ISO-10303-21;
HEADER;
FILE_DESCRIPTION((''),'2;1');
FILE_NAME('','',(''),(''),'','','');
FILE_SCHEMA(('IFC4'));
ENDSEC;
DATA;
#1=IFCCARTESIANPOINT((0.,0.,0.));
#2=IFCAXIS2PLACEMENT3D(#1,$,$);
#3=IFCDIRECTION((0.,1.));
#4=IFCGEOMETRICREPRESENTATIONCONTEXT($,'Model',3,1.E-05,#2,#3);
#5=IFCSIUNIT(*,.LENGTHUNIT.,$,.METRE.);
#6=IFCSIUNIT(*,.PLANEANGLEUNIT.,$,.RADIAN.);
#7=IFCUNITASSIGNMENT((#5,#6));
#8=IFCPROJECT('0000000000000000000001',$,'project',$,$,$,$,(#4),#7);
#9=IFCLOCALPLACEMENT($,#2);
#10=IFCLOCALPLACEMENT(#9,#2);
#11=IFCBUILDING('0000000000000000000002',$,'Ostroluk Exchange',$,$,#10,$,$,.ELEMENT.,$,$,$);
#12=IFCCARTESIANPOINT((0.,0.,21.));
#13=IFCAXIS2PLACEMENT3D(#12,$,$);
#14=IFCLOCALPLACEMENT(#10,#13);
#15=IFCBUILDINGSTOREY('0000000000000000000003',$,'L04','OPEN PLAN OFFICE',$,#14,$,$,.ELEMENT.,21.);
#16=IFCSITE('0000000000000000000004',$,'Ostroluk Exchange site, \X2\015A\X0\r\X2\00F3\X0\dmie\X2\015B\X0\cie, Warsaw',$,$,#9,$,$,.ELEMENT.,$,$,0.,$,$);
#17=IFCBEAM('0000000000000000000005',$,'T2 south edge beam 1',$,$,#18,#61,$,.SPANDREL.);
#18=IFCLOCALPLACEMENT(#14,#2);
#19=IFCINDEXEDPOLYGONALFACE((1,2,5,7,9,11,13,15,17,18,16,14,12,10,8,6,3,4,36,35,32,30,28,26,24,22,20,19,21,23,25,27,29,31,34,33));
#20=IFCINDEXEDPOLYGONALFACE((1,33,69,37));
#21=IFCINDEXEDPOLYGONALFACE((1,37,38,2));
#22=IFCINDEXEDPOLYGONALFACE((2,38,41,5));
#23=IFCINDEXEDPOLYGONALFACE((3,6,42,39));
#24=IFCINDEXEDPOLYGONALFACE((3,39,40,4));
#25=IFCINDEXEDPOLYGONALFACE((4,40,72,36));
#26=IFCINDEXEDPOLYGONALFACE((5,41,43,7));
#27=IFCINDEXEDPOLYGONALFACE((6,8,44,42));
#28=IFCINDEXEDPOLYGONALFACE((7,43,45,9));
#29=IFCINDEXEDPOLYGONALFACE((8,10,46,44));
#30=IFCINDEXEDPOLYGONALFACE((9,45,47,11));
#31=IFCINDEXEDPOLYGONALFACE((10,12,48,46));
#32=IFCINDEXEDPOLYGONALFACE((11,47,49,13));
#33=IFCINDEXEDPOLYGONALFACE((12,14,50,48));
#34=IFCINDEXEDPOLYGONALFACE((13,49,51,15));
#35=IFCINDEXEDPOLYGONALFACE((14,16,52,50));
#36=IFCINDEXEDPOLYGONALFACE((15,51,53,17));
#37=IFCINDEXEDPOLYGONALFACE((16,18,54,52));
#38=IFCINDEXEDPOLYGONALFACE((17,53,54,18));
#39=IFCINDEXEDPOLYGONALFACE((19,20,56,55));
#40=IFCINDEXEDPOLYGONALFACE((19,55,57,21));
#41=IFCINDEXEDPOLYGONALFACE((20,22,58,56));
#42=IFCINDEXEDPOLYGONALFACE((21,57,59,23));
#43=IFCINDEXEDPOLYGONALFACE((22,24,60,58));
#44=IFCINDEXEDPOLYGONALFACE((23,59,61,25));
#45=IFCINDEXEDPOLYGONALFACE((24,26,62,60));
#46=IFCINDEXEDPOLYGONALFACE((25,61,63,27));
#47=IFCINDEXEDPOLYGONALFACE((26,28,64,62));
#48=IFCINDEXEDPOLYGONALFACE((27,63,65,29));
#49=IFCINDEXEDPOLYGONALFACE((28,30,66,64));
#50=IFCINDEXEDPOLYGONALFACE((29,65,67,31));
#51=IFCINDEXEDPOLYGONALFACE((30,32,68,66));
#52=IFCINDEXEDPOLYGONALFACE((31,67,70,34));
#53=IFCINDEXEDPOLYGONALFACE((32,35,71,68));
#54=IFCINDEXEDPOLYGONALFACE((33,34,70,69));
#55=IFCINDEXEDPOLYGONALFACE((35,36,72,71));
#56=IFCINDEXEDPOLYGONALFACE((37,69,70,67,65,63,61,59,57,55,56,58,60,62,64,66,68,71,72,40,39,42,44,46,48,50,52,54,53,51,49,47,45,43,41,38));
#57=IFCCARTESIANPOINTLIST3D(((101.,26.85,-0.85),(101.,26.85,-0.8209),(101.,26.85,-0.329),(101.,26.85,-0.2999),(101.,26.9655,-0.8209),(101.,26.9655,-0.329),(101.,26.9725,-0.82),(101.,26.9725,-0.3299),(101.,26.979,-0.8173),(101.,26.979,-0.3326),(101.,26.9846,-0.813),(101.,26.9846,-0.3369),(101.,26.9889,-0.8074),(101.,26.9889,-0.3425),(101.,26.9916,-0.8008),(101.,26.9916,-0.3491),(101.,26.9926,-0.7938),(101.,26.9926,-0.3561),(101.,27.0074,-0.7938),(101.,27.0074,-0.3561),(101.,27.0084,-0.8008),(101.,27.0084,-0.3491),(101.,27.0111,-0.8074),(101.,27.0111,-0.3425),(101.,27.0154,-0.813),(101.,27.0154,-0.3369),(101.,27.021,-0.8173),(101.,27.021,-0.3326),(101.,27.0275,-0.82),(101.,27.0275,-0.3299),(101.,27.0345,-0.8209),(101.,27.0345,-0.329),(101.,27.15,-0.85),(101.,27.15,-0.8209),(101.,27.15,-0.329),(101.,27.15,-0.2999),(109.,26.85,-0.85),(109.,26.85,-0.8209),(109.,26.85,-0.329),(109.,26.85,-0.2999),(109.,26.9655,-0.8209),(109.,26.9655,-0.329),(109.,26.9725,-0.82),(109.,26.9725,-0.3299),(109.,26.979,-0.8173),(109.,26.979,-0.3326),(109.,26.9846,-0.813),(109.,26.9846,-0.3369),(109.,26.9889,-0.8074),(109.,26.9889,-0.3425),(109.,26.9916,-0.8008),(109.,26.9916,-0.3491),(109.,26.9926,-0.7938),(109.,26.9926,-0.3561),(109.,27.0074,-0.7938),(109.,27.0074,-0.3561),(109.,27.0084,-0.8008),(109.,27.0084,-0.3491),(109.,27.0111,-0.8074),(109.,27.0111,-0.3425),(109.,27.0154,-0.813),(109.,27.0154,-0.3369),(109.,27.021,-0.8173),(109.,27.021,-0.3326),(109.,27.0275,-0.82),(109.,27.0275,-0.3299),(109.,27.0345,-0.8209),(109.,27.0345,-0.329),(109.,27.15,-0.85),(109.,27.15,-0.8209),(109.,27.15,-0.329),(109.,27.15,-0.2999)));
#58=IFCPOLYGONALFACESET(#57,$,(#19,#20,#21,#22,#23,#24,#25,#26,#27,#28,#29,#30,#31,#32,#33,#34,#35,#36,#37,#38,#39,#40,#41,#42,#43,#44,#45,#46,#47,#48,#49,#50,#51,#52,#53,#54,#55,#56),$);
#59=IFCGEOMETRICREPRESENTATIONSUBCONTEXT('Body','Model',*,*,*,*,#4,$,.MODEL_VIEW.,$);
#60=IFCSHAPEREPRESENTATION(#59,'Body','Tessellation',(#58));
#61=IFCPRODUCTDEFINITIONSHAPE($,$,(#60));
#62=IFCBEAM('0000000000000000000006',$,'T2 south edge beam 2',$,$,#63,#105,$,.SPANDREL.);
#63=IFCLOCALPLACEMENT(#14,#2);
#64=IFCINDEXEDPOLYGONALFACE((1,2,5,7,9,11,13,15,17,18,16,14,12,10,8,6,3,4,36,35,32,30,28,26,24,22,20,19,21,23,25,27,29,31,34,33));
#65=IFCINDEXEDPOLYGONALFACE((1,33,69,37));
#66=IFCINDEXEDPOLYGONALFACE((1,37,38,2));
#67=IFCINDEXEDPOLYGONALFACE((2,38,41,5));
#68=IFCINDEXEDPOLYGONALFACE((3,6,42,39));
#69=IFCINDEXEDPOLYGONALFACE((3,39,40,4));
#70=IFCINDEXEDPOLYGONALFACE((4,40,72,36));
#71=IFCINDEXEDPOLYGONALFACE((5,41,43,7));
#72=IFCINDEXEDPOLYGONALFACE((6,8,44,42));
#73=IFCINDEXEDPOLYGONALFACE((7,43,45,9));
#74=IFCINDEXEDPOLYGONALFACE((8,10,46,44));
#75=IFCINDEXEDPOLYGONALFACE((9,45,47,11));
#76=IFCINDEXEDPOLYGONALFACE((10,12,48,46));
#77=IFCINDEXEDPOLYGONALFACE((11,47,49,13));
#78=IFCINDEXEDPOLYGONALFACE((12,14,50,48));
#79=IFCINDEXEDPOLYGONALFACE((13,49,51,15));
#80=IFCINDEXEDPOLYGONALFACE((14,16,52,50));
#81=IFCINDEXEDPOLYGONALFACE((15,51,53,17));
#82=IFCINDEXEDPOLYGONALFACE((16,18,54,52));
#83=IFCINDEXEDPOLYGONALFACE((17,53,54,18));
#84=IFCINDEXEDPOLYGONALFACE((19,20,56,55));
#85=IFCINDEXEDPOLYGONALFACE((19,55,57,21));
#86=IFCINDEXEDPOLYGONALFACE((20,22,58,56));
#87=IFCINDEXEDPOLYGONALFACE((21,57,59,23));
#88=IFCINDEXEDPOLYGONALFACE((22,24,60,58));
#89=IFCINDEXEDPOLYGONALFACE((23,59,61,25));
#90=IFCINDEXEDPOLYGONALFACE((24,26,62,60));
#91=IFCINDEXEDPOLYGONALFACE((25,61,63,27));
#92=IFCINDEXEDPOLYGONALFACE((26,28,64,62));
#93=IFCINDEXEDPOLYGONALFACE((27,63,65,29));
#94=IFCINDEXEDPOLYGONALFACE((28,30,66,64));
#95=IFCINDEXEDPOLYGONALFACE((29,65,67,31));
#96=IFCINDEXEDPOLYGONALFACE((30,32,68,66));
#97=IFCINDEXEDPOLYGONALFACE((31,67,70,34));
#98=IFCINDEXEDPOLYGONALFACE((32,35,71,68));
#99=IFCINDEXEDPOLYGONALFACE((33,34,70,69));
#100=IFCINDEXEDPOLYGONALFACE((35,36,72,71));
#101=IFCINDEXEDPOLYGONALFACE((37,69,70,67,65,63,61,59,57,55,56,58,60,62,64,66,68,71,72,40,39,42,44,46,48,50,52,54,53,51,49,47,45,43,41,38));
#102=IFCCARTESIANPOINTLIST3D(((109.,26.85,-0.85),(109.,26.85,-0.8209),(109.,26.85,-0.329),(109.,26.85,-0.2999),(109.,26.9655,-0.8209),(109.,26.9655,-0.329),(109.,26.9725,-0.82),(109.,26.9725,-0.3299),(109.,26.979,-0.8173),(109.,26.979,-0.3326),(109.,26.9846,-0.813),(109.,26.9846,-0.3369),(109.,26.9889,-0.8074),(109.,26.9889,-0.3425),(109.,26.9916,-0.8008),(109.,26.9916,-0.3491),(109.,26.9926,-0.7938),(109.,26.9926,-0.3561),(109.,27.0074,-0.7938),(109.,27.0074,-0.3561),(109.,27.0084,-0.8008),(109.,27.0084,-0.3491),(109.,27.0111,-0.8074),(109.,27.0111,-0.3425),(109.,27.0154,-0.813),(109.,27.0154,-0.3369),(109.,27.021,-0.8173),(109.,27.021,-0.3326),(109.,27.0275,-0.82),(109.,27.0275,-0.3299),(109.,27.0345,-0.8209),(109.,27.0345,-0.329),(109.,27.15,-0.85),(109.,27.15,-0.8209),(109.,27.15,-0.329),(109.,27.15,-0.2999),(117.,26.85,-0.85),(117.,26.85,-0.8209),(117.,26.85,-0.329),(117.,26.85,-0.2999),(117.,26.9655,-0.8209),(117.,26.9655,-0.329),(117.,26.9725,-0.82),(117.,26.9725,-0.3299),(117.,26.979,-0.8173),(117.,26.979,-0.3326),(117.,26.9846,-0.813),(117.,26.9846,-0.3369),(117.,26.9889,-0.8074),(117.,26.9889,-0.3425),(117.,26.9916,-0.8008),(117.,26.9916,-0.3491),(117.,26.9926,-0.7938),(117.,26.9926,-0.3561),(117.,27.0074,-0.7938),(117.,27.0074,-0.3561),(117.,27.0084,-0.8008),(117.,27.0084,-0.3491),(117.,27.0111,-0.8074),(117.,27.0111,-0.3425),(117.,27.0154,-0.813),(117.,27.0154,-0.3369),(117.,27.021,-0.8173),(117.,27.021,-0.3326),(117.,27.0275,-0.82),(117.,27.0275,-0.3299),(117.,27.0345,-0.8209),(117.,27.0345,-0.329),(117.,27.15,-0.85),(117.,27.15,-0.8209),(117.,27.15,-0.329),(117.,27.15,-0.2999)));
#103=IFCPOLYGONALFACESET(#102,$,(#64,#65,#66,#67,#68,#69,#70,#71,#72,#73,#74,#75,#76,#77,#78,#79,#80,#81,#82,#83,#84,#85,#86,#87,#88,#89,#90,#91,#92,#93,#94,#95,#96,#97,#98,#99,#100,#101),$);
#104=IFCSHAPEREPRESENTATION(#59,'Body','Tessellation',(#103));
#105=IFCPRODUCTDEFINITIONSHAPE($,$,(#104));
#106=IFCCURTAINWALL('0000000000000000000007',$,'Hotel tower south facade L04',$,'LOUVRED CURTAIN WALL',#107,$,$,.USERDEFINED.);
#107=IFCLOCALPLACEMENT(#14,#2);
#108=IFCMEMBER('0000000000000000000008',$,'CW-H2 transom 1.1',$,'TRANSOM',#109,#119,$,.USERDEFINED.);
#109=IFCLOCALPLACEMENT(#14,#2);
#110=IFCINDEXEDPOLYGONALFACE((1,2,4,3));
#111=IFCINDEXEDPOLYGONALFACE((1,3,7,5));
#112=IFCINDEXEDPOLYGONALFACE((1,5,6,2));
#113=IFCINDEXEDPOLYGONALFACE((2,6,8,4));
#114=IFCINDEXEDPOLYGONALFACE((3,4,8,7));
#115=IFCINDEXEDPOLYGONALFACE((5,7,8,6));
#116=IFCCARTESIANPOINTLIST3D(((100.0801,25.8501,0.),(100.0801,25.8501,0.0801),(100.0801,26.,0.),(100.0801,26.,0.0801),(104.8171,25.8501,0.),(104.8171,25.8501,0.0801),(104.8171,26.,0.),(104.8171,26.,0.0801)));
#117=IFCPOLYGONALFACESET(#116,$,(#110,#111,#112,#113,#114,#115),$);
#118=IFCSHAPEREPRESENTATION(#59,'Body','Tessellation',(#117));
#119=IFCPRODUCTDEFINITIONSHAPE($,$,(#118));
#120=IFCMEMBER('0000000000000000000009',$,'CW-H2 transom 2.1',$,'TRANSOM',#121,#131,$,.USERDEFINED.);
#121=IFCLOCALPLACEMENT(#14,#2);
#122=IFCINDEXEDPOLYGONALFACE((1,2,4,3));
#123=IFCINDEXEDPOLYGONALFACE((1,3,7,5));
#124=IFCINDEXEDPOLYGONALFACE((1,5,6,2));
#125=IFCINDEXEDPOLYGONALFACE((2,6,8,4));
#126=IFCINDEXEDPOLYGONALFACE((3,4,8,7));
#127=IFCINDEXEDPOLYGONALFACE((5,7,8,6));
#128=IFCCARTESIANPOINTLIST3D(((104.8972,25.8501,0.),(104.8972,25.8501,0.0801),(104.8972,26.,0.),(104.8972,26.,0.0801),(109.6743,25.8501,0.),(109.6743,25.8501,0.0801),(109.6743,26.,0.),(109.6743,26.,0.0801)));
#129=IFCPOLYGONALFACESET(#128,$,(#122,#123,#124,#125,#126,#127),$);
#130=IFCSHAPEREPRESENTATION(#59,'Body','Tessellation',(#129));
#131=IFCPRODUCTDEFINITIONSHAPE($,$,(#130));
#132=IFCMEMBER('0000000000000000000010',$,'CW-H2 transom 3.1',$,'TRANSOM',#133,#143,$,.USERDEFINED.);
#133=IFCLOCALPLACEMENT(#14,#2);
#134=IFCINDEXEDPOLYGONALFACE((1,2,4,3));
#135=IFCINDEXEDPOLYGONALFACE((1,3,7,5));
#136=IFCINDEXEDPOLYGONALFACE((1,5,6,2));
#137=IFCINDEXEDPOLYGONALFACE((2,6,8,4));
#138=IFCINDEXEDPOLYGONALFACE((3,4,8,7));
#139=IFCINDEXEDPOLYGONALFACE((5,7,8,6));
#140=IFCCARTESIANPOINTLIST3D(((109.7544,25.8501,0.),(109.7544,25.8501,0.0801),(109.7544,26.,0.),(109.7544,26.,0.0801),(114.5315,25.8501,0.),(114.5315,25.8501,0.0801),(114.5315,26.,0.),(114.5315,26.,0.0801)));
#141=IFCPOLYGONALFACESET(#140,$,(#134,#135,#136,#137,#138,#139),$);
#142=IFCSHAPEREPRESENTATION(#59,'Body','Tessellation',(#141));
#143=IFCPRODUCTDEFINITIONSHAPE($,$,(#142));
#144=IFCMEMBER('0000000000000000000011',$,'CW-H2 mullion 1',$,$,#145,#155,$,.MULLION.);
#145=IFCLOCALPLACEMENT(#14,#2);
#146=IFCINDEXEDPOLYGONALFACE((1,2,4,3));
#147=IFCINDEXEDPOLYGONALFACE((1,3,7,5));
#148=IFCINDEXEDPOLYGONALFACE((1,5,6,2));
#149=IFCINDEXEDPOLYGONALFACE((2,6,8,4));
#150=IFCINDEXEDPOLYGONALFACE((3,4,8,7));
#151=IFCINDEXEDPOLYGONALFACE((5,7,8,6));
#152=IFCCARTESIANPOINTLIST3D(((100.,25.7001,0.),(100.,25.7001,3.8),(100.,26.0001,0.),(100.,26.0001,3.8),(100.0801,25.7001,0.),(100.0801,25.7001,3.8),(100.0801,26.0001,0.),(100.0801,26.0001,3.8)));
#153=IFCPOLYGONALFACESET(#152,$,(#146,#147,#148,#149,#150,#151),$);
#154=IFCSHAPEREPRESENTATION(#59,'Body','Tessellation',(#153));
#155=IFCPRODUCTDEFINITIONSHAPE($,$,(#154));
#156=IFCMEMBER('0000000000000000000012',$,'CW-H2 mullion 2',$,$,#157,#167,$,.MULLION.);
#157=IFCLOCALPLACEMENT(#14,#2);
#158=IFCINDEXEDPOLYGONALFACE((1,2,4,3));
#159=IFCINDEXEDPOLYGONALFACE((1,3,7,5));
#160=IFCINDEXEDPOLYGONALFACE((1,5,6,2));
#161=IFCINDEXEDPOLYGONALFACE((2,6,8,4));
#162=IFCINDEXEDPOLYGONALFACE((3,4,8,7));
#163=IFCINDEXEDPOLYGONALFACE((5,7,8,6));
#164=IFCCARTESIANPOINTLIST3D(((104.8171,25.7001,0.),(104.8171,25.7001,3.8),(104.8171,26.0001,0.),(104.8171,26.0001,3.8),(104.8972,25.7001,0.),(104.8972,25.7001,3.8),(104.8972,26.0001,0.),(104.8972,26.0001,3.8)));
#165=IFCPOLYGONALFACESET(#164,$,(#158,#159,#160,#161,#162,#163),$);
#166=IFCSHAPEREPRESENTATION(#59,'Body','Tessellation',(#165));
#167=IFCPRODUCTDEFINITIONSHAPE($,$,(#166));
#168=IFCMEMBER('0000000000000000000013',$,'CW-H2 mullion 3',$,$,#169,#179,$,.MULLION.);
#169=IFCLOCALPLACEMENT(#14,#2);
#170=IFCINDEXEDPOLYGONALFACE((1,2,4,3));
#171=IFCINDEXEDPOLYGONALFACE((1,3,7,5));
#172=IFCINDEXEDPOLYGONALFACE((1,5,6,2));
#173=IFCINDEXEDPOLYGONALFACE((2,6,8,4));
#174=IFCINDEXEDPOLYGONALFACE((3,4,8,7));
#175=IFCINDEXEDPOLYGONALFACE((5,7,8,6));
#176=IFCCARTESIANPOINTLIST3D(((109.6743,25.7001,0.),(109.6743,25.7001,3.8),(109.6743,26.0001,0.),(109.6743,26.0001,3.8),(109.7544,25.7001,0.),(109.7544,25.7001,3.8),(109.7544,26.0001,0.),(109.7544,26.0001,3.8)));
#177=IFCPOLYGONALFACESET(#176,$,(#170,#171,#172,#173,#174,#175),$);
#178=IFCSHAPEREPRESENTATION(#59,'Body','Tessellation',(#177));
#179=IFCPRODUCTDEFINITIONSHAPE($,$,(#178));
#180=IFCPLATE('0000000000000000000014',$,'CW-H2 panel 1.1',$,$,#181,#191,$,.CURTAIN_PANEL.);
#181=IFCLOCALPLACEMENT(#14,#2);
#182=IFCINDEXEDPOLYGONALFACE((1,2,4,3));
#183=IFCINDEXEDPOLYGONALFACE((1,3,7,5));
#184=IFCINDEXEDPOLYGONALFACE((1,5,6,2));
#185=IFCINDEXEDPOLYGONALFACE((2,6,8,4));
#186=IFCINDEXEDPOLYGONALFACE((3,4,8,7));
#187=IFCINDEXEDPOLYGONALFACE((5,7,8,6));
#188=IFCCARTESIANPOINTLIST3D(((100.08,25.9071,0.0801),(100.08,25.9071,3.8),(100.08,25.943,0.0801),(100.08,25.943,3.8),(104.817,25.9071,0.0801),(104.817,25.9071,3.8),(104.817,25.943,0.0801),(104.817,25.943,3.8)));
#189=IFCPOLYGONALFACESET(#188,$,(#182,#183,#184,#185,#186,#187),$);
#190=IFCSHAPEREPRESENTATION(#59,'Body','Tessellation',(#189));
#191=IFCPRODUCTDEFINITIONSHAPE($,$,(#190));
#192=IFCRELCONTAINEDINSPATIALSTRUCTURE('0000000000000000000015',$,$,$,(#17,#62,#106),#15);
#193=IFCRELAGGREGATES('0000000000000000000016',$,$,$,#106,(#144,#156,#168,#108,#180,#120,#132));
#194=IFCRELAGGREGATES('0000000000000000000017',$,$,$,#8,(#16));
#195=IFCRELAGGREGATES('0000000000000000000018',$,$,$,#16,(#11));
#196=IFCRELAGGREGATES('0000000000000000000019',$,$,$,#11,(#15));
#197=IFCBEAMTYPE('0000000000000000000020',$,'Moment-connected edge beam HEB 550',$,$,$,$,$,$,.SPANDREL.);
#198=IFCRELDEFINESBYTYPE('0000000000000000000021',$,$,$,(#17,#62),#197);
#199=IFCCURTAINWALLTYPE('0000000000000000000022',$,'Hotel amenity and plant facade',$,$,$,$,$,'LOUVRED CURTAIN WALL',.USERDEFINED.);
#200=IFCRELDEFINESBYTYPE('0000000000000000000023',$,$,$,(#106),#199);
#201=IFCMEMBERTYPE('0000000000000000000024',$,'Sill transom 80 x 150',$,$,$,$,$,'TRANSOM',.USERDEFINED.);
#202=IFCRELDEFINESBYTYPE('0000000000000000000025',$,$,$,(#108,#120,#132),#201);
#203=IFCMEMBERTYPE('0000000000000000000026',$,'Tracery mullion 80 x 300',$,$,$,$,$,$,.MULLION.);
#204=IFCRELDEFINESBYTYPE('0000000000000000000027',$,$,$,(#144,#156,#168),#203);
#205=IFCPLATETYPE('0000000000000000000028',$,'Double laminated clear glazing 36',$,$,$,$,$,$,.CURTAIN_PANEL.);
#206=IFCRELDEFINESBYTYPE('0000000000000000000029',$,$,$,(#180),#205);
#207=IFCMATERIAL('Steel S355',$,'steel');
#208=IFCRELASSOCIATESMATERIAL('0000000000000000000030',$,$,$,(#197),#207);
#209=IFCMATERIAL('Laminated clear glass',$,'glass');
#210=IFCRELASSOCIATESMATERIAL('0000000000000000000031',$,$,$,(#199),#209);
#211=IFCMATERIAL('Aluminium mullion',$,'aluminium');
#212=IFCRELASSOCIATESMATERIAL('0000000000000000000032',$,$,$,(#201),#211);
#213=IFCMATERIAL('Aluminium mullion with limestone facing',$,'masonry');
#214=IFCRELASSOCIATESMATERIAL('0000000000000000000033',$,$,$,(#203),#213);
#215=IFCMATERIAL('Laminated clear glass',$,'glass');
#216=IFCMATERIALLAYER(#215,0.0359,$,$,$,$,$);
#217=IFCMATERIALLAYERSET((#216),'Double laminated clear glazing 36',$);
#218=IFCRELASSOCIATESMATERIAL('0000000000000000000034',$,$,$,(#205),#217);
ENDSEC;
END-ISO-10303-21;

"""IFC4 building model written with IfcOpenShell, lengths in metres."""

from ifc_helpers import new_model, si_unit, direction, frame, origin, origin_2d, place, context, subcontext, project, spatial, rectangle, i_section, extrude, material, layer, layer_set, material_profile, profile_set, type_object, element, aggregate, save


model = new_model("IFC4")

# Units and contexts
model_context = context("Model", 3, precision=1e-05, world=origin(), true_north=direction((0.0, 1.0)))
body_context = subcontext(model_context, "Body", "Model", "MODEL_VIEW")
ifc_project = project(units=[si_unit("LENGTHUNIT", "METRE"), si_unit("PLANEANGLEUNIT", "RADIAN")], contexts=[model_context])

# Site, building, storey
site_placement = place(None, origin())
site = spatial("IfcSite", under=ifc_project, at=site_placement, Name="Ostroluk Exchange site, Śródmieście, Warsaw", CompositionType="ELEMENT", RefElevation=0.0)
building_placement = place(site_placement, origin())
building = spatial("IfcBuilding", under=site, at=building_placement, Name="Ostroluk Exchange", CompositionType="ELEMENT")
storey_placement = place(building_placement, frame((0.0, 0.0, 21.0)))
storey = spatial("IfcBuildingStorey", under=building, at=storey_placement, Name="L04", Description="OPEN PLAN OFFICE", CompositionType="ELEMENT", Elevation=21.0)

# Beams
ifc_material_1 = material(Name="Steel S355", Category="steel")
ifc_material_profile_1 = material_profile(ifc_material_1, i_section(OverallWidth=0.3, OverallDepth=0.55, WebThickness=0.0149, FlangeThickness=0.0291, FilletRadius=0.0271, at=origin_2d()), Name="HEB 550")
ifc_profile_set_1 = profile_set([ifc_material_profile_1], Name="Steel S355")
beam_type_1 = type_object("IfcBeamType", Name="Moment-connected edge beam HEB 550", PredefinedType="SPANDREL", material=ifc_profile_set_1)
for number, where, z_axis, x_axis, name in (
    (1, (101.0, 27.0, -0.575), (1.0, 0.0, 0.0), (0.0, 1.0, 0.0), "T2 south edge beam 1"),
    (2, (109.0, 27.0, -0.575), (1.0, 0.0, 0.0), (0.0, 1.0, 0.0), "T2 south edge beam 2"),
):
    element("IfcBeam", number, at=place(storey_placement, frame(where, z_axis=z_axis, x_axis=x_axis)), inside=storey, type_object=beam_type_1, Name=name, PredefinedType="SPANDREL", context=body_context, shape_type="SweptSolid", body=[
        extrude(i_section(OverallWidth=0.3, OverallDepth=0.55, WebThickness=0.0149, FlangeThickness=0.0291, FilletRadius=0.0271, at=origin_2d()), origin(), (0.0, 0.0, 1.0), 8.0),
    ])

# Curtain wall, members, plate
ifc_material_2 = material(Name="Laminated clear glass", Category="glass")
curtain_wall_type = type_object("IfcCurtainWallType", Name="Hotel amenity and plant facade", ElementType="LOUVRED CURTAIN WALL", PredefinedType="USERDEFINED", material=ifc_material_2)
curtain_wall_placement = place(storey_placement, origin())
curtain_wall = element("IfcCurtainWall", 3, at=curtain_wall_placement, inside=storey, type_object=curtain_wall_type, Name="Hotel tower south facade L04", ObjectType="LOUVRED CURTAIN WALL", PredefinedType="USERDEFINED")
ifc_material_3 = material(Name="Aluminium mullion", Category="aluminium")
ifc_material_profile_2 = material_profile(ifc_material_3, rectangle(XDim=0.1499, YDim=0.0801, at=origin_2d()), Name="Sill transom 80 x 150")
ifc_profile_set_2 = profile_set([ifc_material_profile_2], Name="Aluminium mullion")
member_type_1 = type_object("IfcMemberType", Name="Sill transom 80 x 150", ElementType="TRANSOM", PredefinedType="USERDEFINED", material=ifc_profile_set_2)
member_1_placement = place(storey_placement, frame((100.0801, 25.925, 0.04), z_axis=(1.0, 0.0, 0.0), x_axis=(0.0, 1.0, 0.0)))
member_1 = element("IfcMember", 4, at=member_1_placement, type_object=member_type_1, Name="CW-H2 transom 1.1", ObjectType="TRANSOM", PredefinedType="USERDEFINED", context=body_context, shape_type="SweptSolid", body=[
    extrude(rectangle(XDim=0.1499, YDim=0.0801, at=origin_2d()), origin(), (0.0, 0.0, 1.0), 4.7371),
])
member_2_placement = place(storey_placement, frame((104.8972, 25.925, 0.04), z_axis=(1.0, 0.0, 0.0), x_axis=(0.0, 1.0, 0.0)))
member_2 = element("IfcMember", 5, at=member_2_placement, type_object=member_type_1, Name="CW-H2 transom 2.1", ObjectType="TRANSOM", PredefinedType="USERDEFINED", context=body_context, shape_type="SweptSolid", body=[
    extrude(rectangle(XDim=0.1499, YDim=0.0801, at=origin_2d()), origin(), (0.0, 0.0, 1.0), 4.7771),
])
member_3_placement = place(storey_placement, frame((109.7544, 25.925, 0.04), z_axis=(1.0, 0.0, 0.0), x_axis=(0.0, 1.0, 0.0)))
member_3 = element("IfcMember", 6, at=member_3_placement, type_object=member_type_1, Name="CW-H2 transom 3.1", ObjectType="TRANSOM", PredefinedType="USERDEFINED", context=body_context, shape_type="SweptSolid", body=[
    extrude(rectangle(XDim=0.1499, YDim=0.0801, at=origin_2d()), origin(), (0.0, 0.0, 1.0), 4.7771),
])
ifc_material_4 = material(Name="Aluminium mullion with limestone facing", Category="masonry")
ifc_material_profile_3 = material_profile(ifc_material_4, rectangle(XDim=0.3, YDim=0.0801, at=origin_2d()), Name="Tracery mullion 80 x 300")
ifc_profile_set_3 = profile_set([ifc_material_profile_3], Name="Aluminium mullion with limestone facing")
member_type_2 = type_object("IfcMemberType", Name="Tracery mullion 80 x 300", PredefinedType="MULLION", material=ifc_profile_set_3)
member_4_placement = place(storey_placement, frame((100.04, 25.8501, 0.0), z_axis=(0.0, 0.0, 1.0), x_axis=(0.0, 1.0, 0.0)))
member_4 = element("IfcMember", 7, at=member_4_placement, type_object=member_type_2, Name="CW-H2 mullion 1", PredefinedType="MULLION", context=body_context, shape_type="SweptSolid", body=[
    extrude(rectangle(XDim=0.3, YDim=0.0801, at=origin_2d()), origin(), (0.0, 0.0, 1.0), 3.8),
])
member_5_placement = place(storey_placement, frame((104.8572, 25.8501, 0.0), z_axis=(0.0, 0.0, 1.0), x_axis=(0.0, 1.0, 0.0)))
member_5 = element("IfcMember", 8, at=member_5_placement, type_object=member_type_2, Name="CW-H2 mullion 2", PredefinedType="MULLION", context=body_context, shape_type="SweptSolid", body=[
    extrude(rectangle(XDim=0.3, YDim=0.0801, at=origin_2d()), origin(), (0.0, 0.0, 1.0), 3.8),
])
member_6_placement = place(storey_placement, frame((109.7144, 25.8501, 0.0), z_axis=(0.0, 0.0, 1.0), x_axis=(0.0, 1.0, 0.0)))
member_6 = element("IfcMember", 9, at=member_6_placement, type_object=member_type_2, Name="CW-H2 mullion 3", PredefinedType="MULLION", context=body_context, shape_type="SweptSolid", body=[
    extrude(rectangle(XDim=0.3, YDim=0.0801, at=origin_2d()), origin(), (0.0, 0.0, 1.0), 3.8),
])
ifc_material_5 = material(Name="Laminated clear glass", Category="glass")
ifc_layer_1 = layer(ifc_material_5, 0.0359)
ifc_layer_set_1 = layer_set([ifc_layer_1], Name="Double laminated clear glazing 36")
plate_type = type_object("IfcPlateType", Name="Double laminated clear glazing 36", PredefinedType="CURTAIN_PANEL", material=ifc_layer_set_1)
plate_1_placement = place(storey_placement, frame((102.4485, 25.925, 0.0801), z_axis=(0.0, 0.0, 1.0), x_axis=(1.0, 0.0, 0.0)))
plate_1 = element("IfcPlate", 10, at=plate_1_placement, type_object=plate_type, Name="CW-H2 panel 1.1", PredefinedType="CURTAIN_PANEL", context=body_context, shape_type="SweptSolid", body=[
    extrude(rectangle(XDim=4.7371, YDim=0.0359, at=origin_2d()), origin(), (0.0, 0.0, 1.0), 3.72),
])
aggregate(curtain_wall, [member_4, member_5, member_6, member_1, plate_1, member_2, member_3])

save(model, "model.ifc")
